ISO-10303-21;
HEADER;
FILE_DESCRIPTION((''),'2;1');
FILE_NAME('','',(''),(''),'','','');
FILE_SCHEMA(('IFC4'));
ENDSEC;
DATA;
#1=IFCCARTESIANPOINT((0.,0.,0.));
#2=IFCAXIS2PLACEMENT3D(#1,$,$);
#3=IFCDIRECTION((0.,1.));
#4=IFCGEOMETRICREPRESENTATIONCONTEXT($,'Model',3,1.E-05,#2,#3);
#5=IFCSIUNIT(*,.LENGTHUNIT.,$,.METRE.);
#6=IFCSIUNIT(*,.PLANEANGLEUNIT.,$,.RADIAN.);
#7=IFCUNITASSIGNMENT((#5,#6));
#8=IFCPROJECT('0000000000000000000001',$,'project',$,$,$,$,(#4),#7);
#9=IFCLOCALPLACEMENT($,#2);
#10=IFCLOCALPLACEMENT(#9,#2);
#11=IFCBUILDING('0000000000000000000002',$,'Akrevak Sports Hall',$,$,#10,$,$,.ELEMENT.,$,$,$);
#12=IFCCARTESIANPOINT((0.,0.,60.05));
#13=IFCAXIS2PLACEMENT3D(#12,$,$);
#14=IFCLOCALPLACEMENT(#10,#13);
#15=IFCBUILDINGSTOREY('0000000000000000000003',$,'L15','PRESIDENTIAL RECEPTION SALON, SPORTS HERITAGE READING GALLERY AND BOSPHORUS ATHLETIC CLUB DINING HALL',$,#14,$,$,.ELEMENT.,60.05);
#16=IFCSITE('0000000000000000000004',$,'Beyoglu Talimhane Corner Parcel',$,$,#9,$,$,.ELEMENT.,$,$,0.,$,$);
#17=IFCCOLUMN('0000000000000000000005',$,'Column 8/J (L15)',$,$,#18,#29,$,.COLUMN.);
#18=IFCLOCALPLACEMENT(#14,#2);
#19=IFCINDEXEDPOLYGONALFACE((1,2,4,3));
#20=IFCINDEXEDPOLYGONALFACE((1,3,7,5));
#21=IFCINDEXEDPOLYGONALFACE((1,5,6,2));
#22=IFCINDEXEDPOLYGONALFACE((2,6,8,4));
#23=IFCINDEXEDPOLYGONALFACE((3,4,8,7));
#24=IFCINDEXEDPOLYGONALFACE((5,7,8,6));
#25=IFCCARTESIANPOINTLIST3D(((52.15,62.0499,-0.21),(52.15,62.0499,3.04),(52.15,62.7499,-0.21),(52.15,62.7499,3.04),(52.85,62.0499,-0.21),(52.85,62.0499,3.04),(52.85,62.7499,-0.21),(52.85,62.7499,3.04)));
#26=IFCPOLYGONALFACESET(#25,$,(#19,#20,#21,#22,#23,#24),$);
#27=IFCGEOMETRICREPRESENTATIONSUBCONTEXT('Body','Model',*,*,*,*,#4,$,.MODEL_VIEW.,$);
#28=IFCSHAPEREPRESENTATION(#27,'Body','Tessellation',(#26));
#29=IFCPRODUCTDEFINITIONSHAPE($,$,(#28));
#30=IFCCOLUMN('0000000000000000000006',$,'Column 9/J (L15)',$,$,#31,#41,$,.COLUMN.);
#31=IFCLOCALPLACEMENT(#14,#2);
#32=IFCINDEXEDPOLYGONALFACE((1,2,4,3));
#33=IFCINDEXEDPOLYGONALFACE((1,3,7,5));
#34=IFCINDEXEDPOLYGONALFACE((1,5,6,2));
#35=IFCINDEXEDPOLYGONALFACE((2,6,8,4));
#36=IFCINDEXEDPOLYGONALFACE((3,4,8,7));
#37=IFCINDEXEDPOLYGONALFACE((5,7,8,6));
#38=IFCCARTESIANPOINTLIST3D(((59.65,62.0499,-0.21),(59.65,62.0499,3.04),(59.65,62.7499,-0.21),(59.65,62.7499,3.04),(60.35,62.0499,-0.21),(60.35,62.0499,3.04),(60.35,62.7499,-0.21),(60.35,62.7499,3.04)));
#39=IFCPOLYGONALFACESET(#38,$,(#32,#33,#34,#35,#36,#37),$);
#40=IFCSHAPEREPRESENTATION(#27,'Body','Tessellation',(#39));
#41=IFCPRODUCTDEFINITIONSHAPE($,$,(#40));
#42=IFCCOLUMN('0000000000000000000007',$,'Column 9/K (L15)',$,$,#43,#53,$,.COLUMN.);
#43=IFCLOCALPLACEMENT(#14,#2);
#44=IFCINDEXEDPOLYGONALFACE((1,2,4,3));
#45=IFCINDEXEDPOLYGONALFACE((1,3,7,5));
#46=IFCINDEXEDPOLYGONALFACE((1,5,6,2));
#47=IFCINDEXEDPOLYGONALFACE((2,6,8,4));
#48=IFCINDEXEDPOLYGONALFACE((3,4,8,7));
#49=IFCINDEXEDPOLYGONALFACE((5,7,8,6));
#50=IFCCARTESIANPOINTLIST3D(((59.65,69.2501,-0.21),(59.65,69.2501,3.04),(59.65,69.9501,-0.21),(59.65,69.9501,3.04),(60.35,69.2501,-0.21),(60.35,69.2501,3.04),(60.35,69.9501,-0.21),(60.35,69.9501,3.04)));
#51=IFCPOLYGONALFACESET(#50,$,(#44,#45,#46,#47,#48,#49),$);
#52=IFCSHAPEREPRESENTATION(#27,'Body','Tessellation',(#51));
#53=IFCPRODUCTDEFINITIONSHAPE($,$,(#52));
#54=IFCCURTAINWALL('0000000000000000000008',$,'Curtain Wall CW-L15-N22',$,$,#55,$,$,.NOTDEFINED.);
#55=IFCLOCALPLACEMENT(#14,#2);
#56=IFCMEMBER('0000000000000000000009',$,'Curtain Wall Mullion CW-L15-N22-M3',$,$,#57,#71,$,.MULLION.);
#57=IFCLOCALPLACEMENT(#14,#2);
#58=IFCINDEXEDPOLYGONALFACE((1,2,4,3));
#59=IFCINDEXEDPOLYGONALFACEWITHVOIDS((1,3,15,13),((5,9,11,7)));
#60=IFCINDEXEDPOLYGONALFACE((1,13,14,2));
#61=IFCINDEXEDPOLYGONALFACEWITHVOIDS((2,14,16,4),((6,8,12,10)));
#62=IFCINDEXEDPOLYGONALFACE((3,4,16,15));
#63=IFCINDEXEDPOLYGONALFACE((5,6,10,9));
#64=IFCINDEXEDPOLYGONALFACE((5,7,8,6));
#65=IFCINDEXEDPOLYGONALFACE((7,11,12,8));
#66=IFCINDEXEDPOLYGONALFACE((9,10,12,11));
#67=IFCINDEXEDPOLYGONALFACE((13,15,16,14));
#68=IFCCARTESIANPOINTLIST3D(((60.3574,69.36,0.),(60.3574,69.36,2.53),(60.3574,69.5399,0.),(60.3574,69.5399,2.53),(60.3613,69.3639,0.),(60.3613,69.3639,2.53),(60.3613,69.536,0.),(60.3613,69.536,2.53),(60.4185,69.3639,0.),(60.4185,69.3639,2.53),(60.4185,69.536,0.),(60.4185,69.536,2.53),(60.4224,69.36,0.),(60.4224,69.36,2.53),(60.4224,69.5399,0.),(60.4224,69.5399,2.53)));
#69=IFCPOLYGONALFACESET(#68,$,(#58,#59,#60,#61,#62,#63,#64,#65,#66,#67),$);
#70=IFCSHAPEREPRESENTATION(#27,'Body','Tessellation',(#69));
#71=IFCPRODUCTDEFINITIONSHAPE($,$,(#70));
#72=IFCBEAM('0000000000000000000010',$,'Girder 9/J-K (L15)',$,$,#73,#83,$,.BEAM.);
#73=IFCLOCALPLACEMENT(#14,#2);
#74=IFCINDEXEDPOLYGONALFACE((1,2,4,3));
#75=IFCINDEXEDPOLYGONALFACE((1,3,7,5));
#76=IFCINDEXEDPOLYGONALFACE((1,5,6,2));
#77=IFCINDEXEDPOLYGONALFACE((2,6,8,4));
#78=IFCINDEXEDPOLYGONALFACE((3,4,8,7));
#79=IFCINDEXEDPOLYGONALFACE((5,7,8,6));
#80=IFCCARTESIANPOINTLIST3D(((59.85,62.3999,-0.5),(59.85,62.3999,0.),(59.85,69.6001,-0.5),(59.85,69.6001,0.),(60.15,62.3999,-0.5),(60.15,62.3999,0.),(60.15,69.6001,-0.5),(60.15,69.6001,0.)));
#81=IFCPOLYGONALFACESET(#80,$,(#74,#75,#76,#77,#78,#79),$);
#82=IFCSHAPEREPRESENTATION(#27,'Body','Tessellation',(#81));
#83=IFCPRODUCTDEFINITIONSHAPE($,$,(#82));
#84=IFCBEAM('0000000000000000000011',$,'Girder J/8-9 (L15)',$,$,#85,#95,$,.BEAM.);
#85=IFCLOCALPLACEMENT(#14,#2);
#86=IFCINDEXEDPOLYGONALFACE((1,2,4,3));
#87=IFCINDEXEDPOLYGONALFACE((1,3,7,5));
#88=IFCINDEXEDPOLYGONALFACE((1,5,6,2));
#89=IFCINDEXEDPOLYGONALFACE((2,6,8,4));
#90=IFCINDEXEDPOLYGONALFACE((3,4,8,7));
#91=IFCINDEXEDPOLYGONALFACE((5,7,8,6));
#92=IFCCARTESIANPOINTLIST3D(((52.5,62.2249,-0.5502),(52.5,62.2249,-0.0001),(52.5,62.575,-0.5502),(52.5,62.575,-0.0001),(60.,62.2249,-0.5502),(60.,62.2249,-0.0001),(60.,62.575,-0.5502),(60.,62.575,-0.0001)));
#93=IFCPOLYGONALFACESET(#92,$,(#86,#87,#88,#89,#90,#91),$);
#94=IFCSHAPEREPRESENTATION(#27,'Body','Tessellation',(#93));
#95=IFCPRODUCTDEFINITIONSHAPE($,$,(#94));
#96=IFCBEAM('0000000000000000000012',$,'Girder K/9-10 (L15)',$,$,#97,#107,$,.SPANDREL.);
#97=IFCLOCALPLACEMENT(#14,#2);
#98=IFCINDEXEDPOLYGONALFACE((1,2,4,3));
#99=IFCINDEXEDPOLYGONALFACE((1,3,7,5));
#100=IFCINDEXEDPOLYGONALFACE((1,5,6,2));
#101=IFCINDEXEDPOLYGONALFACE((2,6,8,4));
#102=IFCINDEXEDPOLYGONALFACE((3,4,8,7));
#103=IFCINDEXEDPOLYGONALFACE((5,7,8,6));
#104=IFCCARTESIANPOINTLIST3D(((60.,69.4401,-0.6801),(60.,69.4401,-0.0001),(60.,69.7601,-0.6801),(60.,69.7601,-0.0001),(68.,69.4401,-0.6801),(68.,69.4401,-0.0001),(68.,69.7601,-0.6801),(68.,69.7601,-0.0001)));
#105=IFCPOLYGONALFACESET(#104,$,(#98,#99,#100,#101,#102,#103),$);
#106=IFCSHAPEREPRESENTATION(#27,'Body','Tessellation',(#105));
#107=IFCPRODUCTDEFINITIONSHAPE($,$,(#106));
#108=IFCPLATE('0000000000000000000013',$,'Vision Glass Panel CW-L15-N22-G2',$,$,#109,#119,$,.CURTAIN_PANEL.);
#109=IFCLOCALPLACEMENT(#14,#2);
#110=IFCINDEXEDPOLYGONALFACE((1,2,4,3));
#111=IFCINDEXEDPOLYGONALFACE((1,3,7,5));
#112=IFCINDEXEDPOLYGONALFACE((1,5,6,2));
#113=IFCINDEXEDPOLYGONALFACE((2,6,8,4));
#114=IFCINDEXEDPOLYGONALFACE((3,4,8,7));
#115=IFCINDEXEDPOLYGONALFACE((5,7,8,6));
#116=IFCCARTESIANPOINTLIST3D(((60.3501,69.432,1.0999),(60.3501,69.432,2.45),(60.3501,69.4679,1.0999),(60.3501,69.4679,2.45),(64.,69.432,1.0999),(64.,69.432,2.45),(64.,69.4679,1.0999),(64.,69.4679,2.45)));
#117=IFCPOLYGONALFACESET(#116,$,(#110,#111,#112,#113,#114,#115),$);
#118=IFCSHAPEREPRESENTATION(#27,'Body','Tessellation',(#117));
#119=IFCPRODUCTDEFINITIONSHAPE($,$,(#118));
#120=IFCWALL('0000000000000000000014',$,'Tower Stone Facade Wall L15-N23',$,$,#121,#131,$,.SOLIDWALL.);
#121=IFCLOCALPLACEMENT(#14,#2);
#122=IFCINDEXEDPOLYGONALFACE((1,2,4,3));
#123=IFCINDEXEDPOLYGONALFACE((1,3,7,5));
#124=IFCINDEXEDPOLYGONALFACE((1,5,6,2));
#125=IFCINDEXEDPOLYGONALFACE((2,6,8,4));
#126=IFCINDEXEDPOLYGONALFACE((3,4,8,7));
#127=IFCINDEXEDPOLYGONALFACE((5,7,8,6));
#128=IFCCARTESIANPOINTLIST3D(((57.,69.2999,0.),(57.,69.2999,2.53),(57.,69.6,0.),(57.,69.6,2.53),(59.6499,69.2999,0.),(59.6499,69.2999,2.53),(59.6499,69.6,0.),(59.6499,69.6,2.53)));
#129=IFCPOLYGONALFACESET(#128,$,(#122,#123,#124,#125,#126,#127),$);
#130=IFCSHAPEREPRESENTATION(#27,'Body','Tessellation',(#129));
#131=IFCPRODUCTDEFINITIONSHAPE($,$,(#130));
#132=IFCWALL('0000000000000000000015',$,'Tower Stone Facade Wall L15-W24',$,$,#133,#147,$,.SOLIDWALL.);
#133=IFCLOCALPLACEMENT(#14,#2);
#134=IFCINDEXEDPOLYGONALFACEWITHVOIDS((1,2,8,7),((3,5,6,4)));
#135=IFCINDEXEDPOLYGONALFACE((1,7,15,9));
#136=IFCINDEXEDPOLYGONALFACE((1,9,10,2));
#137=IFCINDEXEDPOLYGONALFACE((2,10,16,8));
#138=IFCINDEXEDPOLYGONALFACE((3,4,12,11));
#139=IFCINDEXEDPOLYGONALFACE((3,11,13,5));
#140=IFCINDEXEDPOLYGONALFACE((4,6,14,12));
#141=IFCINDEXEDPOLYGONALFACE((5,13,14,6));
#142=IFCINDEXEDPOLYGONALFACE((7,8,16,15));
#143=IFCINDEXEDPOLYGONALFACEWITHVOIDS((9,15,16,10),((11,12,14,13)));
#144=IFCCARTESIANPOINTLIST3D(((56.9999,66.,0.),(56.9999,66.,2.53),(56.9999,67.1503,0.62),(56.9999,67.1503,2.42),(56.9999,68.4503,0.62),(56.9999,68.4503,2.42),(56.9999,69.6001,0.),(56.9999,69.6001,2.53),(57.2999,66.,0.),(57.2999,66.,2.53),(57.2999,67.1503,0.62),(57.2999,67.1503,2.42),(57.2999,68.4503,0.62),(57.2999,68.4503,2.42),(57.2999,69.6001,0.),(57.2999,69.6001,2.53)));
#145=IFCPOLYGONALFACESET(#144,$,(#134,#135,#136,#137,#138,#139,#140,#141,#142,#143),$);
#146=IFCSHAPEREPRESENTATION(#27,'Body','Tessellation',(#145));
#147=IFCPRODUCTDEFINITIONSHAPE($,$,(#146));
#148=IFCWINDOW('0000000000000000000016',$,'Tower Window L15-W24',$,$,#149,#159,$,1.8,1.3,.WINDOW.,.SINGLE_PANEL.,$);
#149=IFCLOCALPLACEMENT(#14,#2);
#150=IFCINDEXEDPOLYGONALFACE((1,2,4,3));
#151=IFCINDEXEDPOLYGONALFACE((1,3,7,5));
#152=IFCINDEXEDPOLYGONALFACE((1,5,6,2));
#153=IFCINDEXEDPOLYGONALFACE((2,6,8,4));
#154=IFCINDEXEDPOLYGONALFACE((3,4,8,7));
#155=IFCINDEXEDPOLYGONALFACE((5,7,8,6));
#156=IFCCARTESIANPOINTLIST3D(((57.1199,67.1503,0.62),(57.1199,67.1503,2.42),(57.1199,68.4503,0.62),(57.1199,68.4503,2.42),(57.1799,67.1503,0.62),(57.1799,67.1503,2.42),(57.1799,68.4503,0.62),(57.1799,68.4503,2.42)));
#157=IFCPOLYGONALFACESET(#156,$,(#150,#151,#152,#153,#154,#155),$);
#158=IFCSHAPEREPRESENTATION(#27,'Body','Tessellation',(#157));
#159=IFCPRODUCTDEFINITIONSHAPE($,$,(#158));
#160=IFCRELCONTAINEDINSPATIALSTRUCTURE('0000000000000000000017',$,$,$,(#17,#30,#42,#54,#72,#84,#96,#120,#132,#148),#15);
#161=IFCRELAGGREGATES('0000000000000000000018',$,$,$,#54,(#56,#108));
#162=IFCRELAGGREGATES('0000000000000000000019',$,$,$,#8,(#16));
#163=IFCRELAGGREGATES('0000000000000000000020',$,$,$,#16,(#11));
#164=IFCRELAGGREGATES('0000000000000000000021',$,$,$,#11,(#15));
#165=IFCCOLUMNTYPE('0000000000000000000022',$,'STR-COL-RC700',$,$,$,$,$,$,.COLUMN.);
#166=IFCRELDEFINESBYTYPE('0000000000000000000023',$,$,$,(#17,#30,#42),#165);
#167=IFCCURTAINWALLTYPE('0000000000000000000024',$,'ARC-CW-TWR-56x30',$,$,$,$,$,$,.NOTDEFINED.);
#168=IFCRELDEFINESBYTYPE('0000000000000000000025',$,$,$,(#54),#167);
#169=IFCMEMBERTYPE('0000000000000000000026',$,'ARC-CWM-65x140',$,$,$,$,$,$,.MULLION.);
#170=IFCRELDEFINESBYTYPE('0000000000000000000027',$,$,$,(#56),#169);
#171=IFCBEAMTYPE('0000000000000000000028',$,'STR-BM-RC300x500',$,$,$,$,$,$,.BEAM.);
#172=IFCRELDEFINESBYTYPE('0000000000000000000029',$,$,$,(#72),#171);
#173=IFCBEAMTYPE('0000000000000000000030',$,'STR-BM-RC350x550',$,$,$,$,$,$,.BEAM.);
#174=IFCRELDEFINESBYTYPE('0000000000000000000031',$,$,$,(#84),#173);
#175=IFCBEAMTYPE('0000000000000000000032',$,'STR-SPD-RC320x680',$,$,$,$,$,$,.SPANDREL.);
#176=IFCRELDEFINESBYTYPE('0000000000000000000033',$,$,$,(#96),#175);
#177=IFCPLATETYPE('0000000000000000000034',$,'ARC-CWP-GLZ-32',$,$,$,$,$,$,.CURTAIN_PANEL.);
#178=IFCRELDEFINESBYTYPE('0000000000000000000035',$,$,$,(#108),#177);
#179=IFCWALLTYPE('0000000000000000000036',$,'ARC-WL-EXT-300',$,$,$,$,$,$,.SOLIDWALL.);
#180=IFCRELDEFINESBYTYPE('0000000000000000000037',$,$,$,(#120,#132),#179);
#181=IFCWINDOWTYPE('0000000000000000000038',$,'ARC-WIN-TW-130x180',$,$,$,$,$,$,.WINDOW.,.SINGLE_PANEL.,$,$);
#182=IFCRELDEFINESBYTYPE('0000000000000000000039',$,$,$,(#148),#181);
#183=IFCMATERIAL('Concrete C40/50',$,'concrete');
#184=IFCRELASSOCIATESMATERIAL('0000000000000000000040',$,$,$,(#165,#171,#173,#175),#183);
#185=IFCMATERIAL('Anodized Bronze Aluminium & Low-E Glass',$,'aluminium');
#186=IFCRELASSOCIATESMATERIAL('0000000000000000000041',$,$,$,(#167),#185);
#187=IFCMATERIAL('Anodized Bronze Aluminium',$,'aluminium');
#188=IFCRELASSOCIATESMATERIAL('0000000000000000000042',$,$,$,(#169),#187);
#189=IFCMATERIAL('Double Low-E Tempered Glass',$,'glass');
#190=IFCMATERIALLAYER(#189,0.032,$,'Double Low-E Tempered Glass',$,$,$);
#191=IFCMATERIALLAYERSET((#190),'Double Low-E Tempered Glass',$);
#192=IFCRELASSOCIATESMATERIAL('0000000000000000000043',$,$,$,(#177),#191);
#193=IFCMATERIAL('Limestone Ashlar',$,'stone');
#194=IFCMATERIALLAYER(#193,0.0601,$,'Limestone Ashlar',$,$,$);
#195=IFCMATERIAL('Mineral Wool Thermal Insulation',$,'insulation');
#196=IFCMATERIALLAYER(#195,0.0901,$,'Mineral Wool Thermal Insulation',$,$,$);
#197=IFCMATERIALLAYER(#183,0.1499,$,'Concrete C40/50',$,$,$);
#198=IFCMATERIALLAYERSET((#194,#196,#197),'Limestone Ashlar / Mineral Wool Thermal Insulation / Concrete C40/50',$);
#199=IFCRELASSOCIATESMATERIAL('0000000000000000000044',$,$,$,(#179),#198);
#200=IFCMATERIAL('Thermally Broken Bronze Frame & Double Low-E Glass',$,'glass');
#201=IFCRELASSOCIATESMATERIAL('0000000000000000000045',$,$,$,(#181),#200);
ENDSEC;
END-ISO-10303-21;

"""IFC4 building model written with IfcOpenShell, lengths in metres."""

from ifc_helpers import new_model, si_unit, direction, frame, frame_2d, origin, origin_2d, place, context, subcontext, project, spatial, rectangle, hollow_rectangle, extrude, material, layer, layer_set, material_profile, profile_set, type_object, element, fill, aggregate, save


model = new_model("IFC4")

# Units and contexts
model_context = context("Model", 3, precision=1e-05, world=origin(), true_north=direction((0.0, 1.0)))
body_context = subcontext(model_context, "Body", "Model", "MODEL_VIEW")
ifc_project = project(units=[si_unit("LENGTHUNIT", "METRE"), si_unit("PLANEANGLEUNIT", "RADIAN")], contexts=[model_context])

# Site, building, storey
site_placement = place(None, origin())
site = spatial("IfcSite", under=ifc_project, at=site_placement, Name="Beyoglu Talimhane Corner Parcel", CompositionType="ELEMENT", RefElevation=0.0)
building_placement = place(site_placement, origin())
building = spatial("IfcBuilding", under=site, at=building_placement, Name="Akrevak Sports Hall", CompositionType="ELEMENT")
storey_placement = place(building_placement, frame((0.0, 0.0, 60.05)))
storey = spatial("IfcBuildingStorey", under=building, at=storey_placement, Name="L15", Description="PRESIDENTIAL RECEPTION SALON, SPORTS HERITAGE READING GALLERY AND BOSPHORUS ATHLETIC CLUB DINING HALL", CompositionType="ELEMENT", Elevation=60.05)

# Columns
ifc_material_1 = material(Name="Concrete C40/50", Category="concrete")
ifc_material_profile_1 = material_profile(ifc_material_1, rectangle(XDim=0.7, YDim=0.7, at=origin_2d()), Name="RC 700x700", Category="concrete")
ifc_profile_set_1 = profile_set([ifc_material_profile_1], Name="Concrete C40/50")
column_type = type_object("IfcColumnType", Name="STR-COL-RC700", PredefinedType="COLUMN", material=ifc_profile_set_1)
for number, where, z_axis, x_axis, name in (
    (1, (52.5, 62.3999, -0.21), (0.0, 0.0, 1.0), (1.0, 0.0, 0.0), "Column 8/J (L15)"),
    (2, (60.0, 62.3999, -0.21), (0.0, 0.0, 1.0), (1.0, 0.0, 0.0), "Column 9/J (L15)"),
    (3, (60.0, 69.6001, -0.21), (0.0, 0.0, 1.0), (1.0, 0.0, 0.0), "Column 9/K (L15)"),
):
    element("IfcColumn", number, at=place(storey_placement, frame(where, z_axis=z_axis, x_axis=x_axis)), inside=storey, type_object=column_type, Name=name, PredefinedType="COLUMN", context=body_context, shape_type="SweptSolid", body=[
        extrude(rectangle(XDim=0.7, YDim=0.7, at=origin_2d()), origin(), (0.0, 0.0, 1.0), 3.25),
    ])

# Curtain wall, member
ifc_material_2 = material(Name="Anodized Bronze Aluminium & Low-E Glass", Category="aluminium")
curtain_wall_type = type_object("IfcCurtainWallType", Name="ARC-CW-TWR-56x30", PredefinedType="NOTDEFINED", material=ifc_material_2)
curtain_wall_placement = place(storey_placement, origin())
curtain_wall = element("IfcCurtainWall", 4, at=curtain_wall_placement, inside=storey, type_object=curtain_wall_type, Name="Curtain Wall CW-L15-N22", PredefinedType="NOTDEFINED")
ifc_material_3 = material(Name="Anodized Bronze Aluminium", Category="aluminium")
ifc_material_profile_2 = material_profile(ifc_material_3, hollow_rectangle(XDim=0.0649, YDim=0.1799, WallThickness=0.0039, at=origin_2d()), Name="CWM 65x180", Category="aluminium")
ifc_profile_set_2 = profile_set([ifc_material_profile_2], Name="Anodized Bronze Aluminium")
member_type = type_object("IfcMemberType", Name="ARC-CWM-65x140", PredefinedType="MULLION", material=ifc_profile_set_2)
member_placement = place(storey_placement, frame((60.3899, 69.45, 0.0), z_axis=(0.0, 0.0, 1.0), x_axis=(-1.0, 0.0, 0.0)))
member = element("IfcMember", 5, at=member_placement, type_object=member_type, Name="Curtain Wall Mullion CW-L15-N22-M3", PredefinedType="MULLION", context=body_context, shape_type="SweptSolid", body=[
    extrude(hollow_rectangle(XDim=0.0649, YDim=0.1799, WallThickness=0.0039, at=origin_2d()), origin(), (0.0, 0.0, 1.0), 2.53),
])

# Beams
ifc_material_profile_3 = material_profile(ifc_material_1, rectangle(XDim=0.3, YDim=0.5, at=origin_2d()), Name="BM 300x500", Category="concrete")
ifc_profile_set_3 = profile_set([ifc_material_profile_3], Name="Concrete C40/50")
beam_type_1 = type_object("IfcBeamType", Name="STR-BM-RC300x500", PredefinedType="BEAM", material=ifc_profile_set_3)
beam_1_placement = place(storey_placement, frame((60.0, 62.3999, -0.25), z_axis=(0.0, 1.0, 0.0), x_axis=(-1.0, 0.0, 0.0)))
element("IfcBeam", 6, at=beam_1_placement, inside=storey, type_object=beam_type_1, Name="Girder 9/J-K (L15)", PredefinedType="BEAM", context=body_context, shape_type="SweptSolid", body=[
    extrude(rectangle(XDim=0.3, YDim=0.5, at=origin_2d()), origin(), (0.0, 0.0, 1.0), 7.2002),
])
ifc_material_profile_4 = material_profile(ifc_material_1, rectangle(XDim=0.3501, YDim=0.55, at=origin_2d()), Name="BM 350x550", Category="concrete")
ifc_profile_set_4 = profile_set([ifc_material_profile_4], Name="Concrete C40/50")
beam_type_2 = type_object("IfcBeamType", Name="STR-BM-RC350x550", PredefinedType="BEAM", material=ifc_profile_set_4)
beam_2_placement = place(storey_placement, frame((52.5, 62.3999, -0.2751), z_axis=(1.0, 0.0, 0.0), x_axis=(0.0, 1.0, 0.0)))
element("IfcBeam", 7, at=beam_2_placement, inside=storey, type_object=beam_type_2, Name="Girder J/8-9 (L15)", PredefinedType="BEAM", context=body_context, shape_type="SweptSolid", body=[
    extrude(rectangle(XDim=0.3501, YDim=0.55, at=origin_2d()), origin(), (0.0, 0.0, 1.0), 7.5),
])
ifc_material_profile_5 = material_profile(ifc_material_1, rectangle(XDim=0.3201, YDim=0.6799, at=origin_2d()), Name="SPD 320x680", Category="concrete")
ifc_profile_set_5 = profile_set([ifc_material_profile_5], Name="Concrete C40/50")
beam_type_3 = type_object("IfcBeamType", Name="STR-SPD-RC320x680", PredefinedType="SPANDREL", material=ifc_profile_set_5)
beam_3_placement = place(storey_placement, frame((60.0, 69.6001, -0.3401), z_axis=(1.0, 0.0, 0.0), x_axis=(0.0, 1.0, 0.0)))
element("IfcBeam", 8, at=beam_3_placement, inside=storey, type_object=beam_type_3, Name="Girder K/9-10 (L15)", PredefinedType="SPANDREL", context=body_context, shape_type="SweptSolid", body=[
    extrude(rectangle(XDim=0.3201, YDim=0.6799, at=origin_2d()), origin(), (0.0, 0.0, 1.0), 8.0),
])

# Plate
ifc_material_4 = material(Name="Double Low-E Tempered Glass", Category="glass")
ifc_layer_1 = layer(ifc_material_4, 0.032, Name="Double Low-E Tempered Glass")
ifc_layer_set_1 = layer_set([ifc_layer_1], Name="Double Low-E Tempered Glass")
plate_type = type_object("IfcPlateType", Name="ARC-CWP-GLZ-32", PredefinedType="CURTAIN_PANEL", material=ifc_layer_set_1)
plate_placement = place(storey_placement, frame((62.175, 69.45, 1.0999), z_axis=(0.0, 0.0, 1.0), x_axis=(-1.0, 0.0, 0.0)))
plate = element("IfcPlate", 9, at=plate_placement, type_object=plate_type, Name="Vision Glass Panel CW-L15-N22-G2", PredefinedType="CURTAIN_PANEL", context=body_context, shape_type="SweptSolid", body=[
    extrude(rectangle(XDim=3.6499, YDim=0.0359, at=origin_2d()), origin(), (0.0, 0.0, 1.0), 1.3501),
])
aggregate(curtain_wall, [member, plate])

# Wall
ifc_material_5 = material(Name="Limestone Ashlar", Category="stone")
ifc_layer_2 = layer(ifc_material_5, 0.0601, Name="Limestone Ashlar")
ifc_material_6 = material(Name="Mineral Wool Thermal Insulation", Category="insulation")
ifc_layer_3 = layer(ifc_material_6, 0.0901, Name="Mineral Wool Thermal Insulation")
ifc_layer_4 = layer(ifc_material_1, 0.1499, Name="Concrete C40/50")
ifc_layer_set_2 = layer_set([ifc_layer_2, ifc_layer_3, ifc_layer_4], Name="Limestone Ashlar / Mineral Wool Thermal Insulation / Concrete C40/50")
wall_type_1 = type_object("IfcWallType", Name="ARC-WL-EXT-300", PredefinedType="SOLIDWALL", material=ifc_layer_set_2)
wall_1_placement = place(storey_placement, frame((59.6499, 69.45, 0.0), z_axis=(0.0, 0.0, 1.0), x_axis=(-1.0, 0.0, 0.0)))
element("IfcWall", 10, at=wall_1_placement, inside=storey, type_object=wall_type_1, Name="Tower Stone Facade Wall L15-N23", PredefinedType="SOLIDWALL", context=body_context, shape_type="SweptSolid", body=[
    extrude(rectangle(XDim=2.6499, YDim=0.3, at=frame_2d((1.325, 0.0))), origin(), (0.0, 0.0, 1.0), 2.53),
])

# Wall, opening, window
wall_2_placement = place(storey_placement, frame((57.1499, 69.6001, 0.0), z_axis=(0.0, 0.0, 1.0), x_axis=(0.0, -1.0, 0.0)))
wall_2 = element("IfcWall", 11, at=wall_2_placement, inside=storey, type_object=wall_type_1, Name="Tower Stone Facade Wall L15-W24", PredefinedType="SOLIDWALL", context=body_context, shape_type="SweptSolid", body=[
    extrude(rectangle(XDim=3.6001, YDim=0.3, at=frame_2d((1.8, 0.0))), origin(), (0.0, 0.0, 1.0), 2.53),
])
opening_1_placement = place(wall_2_placement, frame((1.1499, 0.0, 0.6201)))
opening_1 = element("IfcOpeningElement", 12, at=opening_1_placement, cuts=wall_2, PredefinedType="OPENING", context=body_context, shape_type="SweptSolid", body=[
    extrude(rectangle(XDim=1.3, YDim=1.8, at=frame_2d((0.6499, 0.8999))), frame((0.0, 0.1621, 0.0), z_axis=(0.0, -1.0, 0.0), x_axis=(1.0, 0.0, 0.0)), (0.0, 0.0, 1.0), 0.324),
])
ifc_material_7 = material(Name="Thermally Broken Bronze Frame & Double Low-E Glass", Category="glass")
window_type_1 = type_object("IfcWindowType", Name="ARC-WIN-TW-130x180", PartitioningType="SINGLE_PANEL", PredefinedType="WINDOW", material=ifc_material_7)
window_1_placement = place(opening_1_placement, origin())
window_1 = element("IfcWindow", 13, at=window_1_placement, inside=storey, type_object=window_type_1, Name="Tower Window L15-W24", OverallHeight=1.8, OverallWidth=1.3, PartitioningType="SINGLE_PANEL", PredefinedType="WINDOW", context=body_context, shape_type="SweptSolid", body=[
    extrude(rectangle(XDim=1.3, YDim=1.8, at=frame_2d((0.6499, 0.8999))), frame((0.0, 0.03, 0.0), z_axis=(0.0, -1.0, 0.0), x_axis=(1.0, 0.0, 0.0)), (0.0, 0.0, 1.0), 0.0601),
])
fill(opening_1, window_1)

save(model, "model.ifc")
